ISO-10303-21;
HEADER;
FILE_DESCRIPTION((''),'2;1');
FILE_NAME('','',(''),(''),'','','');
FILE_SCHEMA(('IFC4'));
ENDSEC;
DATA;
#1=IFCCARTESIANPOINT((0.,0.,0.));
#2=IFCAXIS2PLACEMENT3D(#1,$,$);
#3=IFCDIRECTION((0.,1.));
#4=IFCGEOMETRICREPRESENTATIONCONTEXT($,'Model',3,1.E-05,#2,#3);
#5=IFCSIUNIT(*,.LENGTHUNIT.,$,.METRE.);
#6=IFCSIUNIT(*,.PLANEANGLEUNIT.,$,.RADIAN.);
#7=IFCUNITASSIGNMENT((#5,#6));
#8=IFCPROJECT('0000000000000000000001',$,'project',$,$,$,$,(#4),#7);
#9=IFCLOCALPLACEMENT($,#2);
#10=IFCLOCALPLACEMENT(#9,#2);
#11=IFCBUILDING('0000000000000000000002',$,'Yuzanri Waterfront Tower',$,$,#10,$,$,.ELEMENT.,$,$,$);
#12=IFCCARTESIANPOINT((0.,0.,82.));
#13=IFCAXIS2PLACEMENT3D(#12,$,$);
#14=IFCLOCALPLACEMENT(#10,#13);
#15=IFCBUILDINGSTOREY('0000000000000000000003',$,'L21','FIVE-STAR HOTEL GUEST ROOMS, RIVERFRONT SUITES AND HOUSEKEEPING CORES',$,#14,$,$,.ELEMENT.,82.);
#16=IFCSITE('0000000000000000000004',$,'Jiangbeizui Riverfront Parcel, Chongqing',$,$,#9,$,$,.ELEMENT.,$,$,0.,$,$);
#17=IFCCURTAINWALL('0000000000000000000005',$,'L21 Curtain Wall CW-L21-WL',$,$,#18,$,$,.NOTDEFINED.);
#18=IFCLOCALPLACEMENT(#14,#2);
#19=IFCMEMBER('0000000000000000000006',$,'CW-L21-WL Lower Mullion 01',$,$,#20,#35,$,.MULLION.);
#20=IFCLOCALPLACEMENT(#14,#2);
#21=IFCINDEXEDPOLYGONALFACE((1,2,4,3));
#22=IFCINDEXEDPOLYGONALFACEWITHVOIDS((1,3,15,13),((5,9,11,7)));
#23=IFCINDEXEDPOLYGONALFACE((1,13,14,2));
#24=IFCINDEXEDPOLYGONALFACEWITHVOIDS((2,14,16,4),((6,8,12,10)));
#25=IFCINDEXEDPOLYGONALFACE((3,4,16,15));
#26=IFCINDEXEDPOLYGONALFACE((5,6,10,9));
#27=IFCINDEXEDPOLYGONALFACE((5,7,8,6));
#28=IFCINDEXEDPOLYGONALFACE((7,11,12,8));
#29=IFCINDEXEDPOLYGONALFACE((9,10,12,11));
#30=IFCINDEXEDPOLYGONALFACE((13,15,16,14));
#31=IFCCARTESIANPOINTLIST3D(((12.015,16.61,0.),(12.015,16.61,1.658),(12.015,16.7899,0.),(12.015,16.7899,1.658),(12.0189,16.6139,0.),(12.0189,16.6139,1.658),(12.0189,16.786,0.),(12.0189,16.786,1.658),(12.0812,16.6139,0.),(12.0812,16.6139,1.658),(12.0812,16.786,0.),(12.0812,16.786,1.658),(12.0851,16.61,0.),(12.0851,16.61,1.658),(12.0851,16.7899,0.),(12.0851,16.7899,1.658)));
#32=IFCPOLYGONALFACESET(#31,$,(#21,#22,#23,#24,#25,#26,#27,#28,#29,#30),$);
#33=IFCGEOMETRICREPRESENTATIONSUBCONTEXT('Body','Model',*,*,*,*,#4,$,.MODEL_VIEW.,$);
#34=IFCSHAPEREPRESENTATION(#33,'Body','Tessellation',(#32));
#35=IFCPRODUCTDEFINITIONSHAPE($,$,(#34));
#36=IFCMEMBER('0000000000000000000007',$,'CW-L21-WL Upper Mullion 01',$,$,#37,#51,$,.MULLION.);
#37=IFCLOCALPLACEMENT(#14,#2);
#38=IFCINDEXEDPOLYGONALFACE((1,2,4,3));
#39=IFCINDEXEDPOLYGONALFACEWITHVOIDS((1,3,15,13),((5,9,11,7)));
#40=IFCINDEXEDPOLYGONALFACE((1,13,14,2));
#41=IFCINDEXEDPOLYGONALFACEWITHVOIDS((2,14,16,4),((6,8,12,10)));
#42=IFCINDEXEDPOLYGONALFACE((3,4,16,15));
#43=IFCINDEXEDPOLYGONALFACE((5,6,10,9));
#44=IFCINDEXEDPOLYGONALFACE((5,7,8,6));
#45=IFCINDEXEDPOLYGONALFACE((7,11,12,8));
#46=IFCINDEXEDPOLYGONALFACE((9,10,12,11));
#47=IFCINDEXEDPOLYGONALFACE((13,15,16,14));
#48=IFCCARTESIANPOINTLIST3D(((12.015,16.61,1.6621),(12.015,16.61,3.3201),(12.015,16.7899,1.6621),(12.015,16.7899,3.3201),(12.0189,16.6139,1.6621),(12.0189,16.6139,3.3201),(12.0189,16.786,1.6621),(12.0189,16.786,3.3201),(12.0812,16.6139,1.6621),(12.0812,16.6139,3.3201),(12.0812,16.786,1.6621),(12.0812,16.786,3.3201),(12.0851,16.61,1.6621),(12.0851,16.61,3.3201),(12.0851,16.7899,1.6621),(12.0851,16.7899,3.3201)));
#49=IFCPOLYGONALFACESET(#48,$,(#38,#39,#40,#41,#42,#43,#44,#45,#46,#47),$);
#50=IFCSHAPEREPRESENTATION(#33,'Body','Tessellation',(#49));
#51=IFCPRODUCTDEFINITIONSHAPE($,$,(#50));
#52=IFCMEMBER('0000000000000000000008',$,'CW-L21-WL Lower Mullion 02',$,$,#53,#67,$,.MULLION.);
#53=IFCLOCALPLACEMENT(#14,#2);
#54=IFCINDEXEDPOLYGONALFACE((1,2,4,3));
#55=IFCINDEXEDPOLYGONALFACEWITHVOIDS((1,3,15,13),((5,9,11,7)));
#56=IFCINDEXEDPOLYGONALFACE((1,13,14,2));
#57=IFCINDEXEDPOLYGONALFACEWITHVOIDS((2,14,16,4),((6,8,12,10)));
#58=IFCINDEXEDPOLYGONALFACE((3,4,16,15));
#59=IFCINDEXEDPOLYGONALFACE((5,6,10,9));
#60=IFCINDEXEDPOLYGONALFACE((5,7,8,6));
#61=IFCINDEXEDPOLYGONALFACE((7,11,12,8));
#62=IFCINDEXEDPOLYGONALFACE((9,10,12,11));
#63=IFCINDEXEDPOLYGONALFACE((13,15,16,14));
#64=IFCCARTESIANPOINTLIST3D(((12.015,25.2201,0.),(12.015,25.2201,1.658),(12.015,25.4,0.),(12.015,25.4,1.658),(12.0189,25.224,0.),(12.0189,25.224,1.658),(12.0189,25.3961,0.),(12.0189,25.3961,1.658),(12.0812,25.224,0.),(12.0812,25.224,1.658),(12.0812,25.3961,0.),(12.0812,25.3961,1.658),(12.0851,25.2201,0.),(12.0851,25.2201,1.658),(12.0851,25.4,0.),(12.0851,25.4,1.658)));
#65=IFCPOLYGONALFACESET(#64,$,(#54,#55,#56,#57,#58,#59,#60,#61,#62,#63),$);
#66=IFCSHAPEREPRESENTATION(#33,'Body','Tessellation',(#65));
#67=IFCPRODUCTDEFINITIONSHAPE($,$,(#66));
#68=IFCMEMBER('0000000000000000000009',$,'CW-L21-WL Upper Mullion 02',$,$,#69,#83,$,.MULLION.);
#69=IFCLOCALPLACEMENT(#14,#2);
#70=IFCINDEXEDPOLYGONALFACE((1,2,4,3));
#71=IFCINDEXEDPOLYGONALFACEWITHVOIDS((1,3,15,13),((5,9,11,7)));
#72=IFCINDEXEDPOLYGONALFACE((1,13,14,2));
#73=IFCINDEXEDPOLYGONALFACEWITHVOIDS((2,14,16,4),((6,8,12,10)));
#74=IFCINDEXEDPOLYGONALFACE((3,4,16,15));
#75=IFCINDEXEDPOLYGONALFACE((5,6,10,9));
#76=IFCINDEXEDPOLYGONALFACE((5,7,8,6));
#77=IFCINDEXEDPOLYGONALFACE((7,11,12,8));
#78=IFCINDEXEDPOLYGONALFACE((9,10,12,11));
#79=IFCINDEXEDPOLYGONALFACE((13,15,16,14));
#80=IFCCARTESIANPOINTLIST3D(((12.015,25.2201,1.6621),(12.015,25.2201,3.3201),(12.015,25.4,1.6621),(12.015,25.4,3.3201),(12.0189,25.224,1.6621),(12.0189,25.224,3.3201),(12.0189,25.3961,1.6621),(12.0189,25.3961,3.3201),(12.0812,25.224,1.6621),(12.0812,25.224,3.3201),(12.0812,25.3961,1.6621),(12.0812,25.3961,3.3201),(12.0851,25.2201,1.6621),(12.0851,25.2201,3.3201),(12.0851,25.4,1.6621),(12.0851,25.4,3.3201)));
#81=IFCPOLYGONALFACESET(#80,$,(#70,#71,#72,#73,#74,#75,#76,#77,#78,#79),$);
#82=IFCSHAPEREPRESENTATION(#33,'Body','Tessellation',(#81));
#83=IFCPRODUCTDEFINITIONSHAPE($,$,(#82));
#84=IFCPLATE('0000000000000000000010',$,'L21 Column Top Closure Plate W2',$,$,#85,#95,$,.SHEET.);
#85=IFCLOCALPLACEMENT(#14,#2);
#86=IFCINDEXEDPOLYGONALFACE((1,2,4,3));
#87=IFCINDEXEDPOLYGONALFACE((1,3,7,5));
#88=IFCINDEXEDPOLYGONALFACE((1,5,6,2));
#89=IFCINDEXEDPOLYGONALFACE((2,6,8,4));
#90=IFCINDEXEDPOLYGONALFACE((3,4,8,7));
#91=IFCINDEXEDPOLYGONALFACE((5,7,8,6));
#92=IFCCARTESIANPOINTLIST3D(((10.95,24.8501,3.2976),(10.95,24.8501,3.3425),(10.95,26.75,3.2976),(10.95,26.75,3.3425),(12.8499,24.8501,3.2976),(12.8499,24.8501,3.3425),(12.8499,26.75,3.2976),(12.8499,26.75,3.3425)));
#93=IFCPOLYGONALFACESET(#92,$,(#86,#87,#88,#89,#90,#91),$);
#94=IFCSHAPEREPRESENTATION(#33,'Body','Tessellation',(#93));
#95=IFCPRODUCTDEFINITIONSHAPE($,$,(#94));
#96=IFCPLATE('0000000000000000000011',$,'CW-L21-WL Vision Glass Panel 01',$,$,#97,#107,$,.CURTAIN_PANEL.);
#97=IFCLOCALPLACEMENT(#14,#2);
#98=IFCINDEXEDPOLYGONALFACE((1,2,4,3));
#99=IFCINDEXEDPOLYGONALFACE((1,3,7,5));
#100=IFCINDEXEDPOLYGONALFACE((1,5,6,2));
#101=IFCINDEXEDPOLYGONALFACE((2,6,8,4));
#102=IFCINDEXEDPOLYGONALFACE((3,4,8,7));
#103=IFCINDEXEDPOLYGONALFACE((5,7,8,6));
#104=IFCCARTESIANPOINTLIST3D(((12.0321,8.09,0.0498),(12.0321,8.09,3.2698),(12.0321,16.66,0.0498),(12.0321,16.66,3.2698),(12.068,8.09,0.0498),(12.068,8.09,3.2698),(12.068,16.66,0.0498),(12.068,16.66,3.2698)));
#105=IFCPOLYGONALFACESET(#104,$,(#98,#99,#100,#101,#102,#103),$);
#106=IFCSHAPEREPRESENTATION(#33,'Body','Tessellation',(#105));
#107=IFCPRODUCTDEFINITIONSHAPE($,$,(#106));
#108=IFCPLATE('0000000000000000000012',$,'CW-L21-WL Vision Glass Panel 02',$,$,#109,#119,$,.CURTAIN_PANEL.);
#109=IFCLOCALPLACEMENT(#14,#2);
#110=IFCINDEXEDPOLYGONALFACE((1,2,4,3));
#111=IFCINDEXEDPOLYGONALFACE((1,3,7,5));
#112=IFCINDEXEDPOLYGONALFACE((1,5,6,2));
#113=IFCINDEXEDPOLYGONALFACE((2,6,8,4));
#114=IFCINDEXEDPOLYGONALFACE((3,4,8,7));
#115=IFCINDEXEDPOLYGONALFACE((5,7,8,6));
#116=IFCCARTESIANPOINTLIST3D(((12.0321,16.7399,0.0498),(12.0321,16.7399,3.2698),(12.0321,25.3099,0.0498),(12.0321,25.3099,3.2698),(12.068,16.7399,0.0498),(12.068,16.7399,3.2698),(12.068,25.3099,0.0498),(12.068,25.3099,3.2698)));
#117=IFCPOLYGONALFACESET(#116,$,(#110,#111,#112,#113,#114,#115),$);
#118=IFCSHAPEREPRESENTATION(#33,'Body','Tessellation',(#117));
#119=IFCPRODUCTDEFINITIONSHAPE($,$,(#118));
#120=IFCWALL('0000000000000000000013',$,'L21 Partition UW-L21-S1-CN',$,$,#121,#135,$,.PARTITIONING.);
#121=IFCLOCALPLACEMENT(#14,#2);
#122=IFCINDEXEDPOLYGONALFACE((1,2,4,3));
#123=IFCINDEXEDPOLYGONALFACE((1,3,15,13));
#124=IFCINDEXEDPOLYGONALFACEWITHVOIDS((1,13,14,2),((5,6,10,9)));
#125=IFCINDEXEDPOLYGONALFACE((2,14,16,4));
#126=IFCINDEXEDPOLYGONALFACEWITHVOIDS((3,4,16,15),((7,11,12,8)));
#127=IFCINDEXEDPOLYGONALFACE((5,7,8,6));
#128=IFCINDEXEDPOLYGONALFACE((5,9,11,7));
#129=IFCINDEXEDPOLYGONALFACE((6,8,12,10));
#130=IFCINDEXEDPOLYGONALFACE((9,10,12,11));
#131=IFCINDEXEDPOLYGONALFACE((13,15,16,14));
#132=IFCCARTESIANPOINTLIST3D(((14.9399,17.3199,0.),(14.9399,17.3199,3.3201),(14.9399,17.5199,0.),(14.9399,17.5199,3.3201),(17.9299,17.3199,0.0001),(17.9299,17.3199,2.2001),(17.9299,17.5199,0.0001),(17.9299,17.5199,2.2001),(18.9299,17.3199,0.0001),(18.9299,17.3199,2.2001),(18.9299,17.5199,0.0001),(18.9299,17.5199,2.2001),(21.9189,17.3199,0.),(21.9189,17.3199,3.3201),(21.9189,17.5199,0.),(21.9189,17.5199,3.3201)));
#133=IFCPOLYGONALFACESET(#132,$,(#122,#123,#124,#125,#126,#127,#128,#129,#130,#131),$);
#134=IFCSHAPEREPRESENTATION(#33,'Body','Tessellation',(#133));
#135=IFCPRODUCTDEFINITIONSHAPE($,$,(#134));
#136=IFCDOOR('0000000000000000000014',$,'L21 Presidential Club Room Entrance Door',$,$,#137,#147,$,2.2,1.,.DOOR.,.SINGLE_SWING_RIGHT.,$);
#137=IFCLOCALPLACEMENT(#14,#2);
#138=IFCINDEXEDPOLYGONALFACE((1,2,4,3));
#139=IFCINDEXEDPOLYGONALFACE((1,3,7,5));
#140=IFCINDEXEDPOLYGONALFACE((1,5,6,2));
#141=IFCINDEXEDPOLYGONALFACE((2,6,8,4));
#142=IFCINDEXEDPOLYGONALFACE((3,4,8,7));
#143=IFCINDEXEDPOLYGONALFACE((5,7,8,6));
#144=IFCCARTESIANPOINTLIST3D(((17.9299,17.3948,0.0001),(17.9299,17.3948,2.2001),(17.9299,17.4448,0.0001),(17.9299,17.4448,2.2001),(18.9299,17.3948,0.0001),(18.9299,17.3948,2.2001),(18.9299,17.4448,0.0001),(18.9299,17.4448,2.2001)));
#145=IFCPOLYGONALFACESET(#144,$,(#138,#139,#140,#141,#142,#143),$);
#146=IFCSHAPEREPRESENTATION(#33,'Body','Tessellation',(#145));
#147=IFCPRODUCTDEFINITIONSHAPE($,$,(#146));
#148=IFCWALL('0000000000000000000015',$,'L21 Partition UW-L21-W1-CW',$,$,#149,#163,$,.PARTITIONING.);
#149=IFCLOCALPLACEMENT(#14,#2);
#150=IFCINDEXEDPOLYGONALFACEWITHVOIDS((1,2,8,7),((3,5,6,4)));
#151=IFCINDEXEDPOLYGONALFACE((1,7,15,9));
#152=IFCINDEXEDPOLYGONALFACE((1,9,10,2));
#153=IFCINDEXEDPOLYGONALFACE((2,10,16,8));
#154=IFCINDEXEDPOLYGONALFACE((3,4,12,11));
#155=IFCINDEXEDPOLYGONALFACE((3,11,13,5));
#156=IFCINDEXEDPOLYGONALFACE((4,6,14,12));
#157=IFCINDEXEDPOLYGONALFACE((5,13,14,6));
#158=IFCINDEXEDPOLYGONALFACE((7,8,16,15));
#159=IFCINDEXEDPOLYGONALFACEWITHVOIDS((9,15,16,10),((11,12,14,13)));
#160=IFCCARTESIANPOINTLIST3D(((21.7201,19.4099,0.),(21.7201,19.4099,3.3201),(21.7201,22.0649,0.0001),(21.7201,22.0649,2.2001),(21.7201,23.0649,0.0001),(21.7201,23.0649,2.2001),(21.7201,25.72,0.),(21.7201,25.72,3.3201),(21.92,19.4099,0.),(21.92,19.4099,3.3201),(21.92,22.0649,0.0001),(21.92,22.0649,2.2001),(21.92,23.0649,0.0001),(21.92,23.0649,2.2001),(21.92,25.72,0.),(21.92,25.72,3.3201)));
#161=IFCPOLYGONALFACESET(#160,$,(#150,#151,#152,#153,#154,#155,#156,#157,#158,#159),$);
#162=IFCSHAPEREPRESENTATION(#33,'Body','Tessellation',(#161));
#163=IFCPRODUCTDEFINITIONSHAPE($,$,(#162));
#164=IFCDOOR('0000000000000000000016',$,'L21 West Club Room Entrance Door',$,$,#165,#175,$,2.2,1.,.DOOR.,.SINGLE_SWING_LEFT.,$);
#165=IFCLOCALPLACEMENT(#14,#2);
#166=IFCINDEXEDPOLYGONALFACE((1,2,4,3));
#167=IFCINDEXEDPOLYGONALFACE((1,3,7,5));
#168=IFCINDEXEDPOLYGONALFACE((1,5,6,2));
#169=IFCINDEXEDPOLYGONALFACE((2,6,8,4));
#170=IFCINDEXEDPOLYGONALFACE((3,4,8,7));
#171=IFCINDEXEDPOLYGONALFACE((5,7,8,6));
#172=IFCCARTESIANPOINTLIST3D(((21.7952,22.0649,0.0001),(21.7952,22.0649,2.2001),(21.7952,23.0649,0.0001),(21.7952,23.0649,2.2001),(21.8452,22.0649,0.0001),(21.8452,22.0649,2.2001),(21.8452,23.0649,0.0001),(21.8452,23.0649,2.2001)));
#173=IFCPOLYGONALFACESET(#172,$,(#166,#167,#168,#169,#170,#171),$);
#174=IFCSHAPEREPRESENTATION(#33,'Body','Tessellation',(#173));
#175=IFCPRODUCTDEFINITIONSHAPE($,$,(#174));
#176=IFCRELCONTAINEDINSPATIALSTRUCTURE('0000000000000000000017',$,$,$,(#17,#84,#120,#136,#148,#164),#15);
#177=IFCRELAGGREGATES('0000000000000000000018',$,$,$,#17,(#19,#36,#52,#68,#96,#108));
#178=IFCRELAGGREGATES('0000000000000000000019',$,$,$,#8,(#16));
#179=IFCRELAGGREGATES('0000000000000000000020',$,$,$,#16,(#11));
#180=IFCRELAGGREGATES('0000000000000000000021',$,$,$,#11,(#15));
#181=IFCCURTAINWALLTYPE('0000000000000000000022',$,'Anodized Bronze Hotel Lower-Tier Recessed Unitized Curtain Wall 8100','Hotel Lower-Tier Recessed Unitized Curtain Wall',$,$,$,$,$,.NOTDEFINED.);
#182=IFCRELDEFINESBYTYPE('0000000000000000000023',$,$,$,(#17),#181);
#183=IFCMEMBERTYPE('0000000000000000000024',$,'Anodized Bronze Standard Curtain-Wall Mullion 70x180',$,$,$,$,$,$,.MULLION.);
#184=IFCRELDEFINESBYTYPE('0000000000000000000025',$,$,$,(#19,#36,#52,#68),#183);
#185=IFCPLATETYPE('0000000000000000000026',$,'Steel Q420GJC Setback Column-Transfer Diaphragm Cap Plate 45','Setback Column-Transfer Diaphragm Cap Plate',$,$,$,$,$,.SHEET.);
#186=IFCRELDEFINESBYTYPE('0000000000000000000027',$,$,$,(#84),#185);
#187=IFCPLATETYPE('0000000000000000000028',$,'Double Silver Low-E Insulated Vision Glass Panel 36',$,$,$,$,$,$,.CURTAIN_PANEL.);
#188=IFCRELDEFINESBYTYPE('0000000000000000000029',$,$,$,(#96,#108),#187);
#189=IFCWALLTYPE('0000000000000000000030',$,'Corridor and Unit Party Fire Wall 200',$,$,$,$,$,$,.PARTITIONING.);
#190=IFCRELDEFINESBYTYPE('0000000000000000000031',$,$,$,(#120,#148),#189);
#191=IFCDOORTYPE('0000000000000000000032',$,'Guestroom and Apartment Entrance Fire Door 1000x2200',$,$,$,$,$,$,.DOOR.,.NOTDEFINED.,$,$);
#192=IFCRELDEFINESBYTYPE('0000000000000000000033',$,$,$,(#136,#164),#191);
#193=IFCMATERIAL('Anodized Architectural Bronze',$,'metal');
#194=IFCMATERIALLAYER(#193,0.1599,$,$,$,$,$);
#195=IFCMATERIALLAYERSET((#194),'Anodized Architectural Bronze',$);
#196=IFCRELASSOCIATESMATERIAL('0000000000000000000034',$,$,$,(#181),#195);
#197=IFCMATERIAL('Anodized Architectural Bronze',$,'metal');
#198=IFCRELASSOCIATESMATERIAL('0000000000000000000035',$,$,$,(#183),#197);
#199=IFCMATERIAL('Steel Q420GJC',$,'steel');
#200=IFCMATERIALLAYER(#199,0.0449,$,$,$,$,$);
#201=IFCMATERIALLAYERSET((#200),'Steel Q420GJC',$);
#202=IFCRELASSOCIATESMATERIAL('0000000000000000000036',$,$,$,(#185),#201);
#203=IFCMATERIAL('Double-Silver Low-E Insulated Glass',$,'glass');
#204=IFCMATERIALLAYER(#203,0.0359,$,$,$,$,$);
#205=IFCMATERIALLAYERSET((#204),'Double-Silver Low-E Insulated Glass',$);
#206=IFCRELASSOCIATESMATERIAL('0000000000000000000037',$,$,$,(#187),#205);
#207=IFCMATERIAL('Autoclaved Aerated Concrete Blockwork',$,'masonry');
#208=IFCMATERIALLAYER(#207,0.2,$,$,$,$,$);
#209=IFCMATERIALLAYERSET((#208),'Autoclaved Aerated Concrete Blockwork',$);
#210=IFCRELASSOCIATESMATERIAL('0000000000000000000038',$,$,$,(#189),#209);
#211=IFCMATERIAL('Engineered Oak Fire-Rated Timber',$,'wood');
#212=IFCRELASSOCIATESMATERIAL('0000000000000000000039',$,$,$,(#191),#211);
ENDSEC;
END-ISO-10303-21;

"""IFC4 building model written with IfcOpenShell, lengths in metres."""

from ifc_helpers import new_model, si_unit, direction, frame, frame_2d, origin, origin_2d, place, context, subcontext, project, spatial, rectangle, hollow_rectangle, extrude, source, transform, mapped, material, layer, layer_set, material_profile, profile_set, type_object, element, fill, aggregate, save


model = new_model("IFC4")

# Units and contexts
model_context = context("Model", 3, precision=1e-05, world=origin(), true_north=direction((0.0, 1.0)))
body_context = subcontext(model_context, "Body", "Model", "MODEL_VIEW")
ifc_project = project(units=[si_unit("LENGTHUNIT", "METRE"), si_unit("PLANEANGLEUNIT", "RADIAN")], contexts=[model_context])

# Site, building, storey
site_placement = place(None, origin())
site = spatial("IfcSite", under=ifc_project, at=site_placement, Name="Jiangbeizui Riverfront Parcel, Chongqing", CompositionType="ELEMENT", RefElevation=0.0)
building_placement = place(site_placement, origin())
building = spatial("IfcBuilding", under=site, at=building_placement, Name="Yuzanri Waterfront Tower", CompositionType="ELEMENT")
storey_placement = place(building_placement, frame((0.0, 0.0, 82.0)))
storey = spatial("IfcBuildingStorey", under=building, at=storey_placement, Name="L21", Description="FIVE-STAR HOTEL GUEST ROOMS, RIVERFRONT SUITES AND HOUSEKEEPING CORES", CompositionType="ELEMENT", Elevation=82.0)

# Curtain wall, members
ifc_material_1 = material(Name="Anodized Architectural Bronze", Category="metal")
ifc_layer_1 = layer(ifc_material_1, 0.1599)
ifc_layer_set_1 = layer_set([ifc_layer_1], Name="Anodized Architectural Bronze")
curtain_wall_type = type_object("IfcCurtainWallType", Name="Anodized Bronze Hotel Lower-Tier Recessed Unitized Curtain Wall 8100", Description="Hotel Lower-Tier Recessed Unitized Curtain Wall", PredefinedType="NOTDEFINED", material=ifc_layer_set_1)
curtain_wall_placement = place(storey_placement, origin())
curtain_wall = element("IfcCurtainWall", 1, at=curtain_wall_placement, inside=storey, type_object=curtain_wall_type, Name="L21 Curtain Wall CW-L21-WL", PredefinedType="NOTDEFINED")
ifc_material_2 = material(Name="Anodized Architectural Bronze", Category="metal")
ifc_material_profile_1 = material_profile(ifc_material_2, hollow_rectangle(XDim=0.0701, YDim=0.1799, WallThickness=0.0039, at=origin_2d()), Name="CWM 70x180")
ifc_profile_set_1 = profile_set([ifc_material_profile_1], Name="Anodized Architectural Bronze")
member_type_1 = type_object("IfcMemberType", Name="Anodized Bronze Standard Curtain-Wall Mullion 70x180", PredefinedType="MULLION", material=ifc_profile_set_1)
shared_shape_1 = source(origin(), body_context, "Body", "SweptSolid", [
    extrude(hollow_rectangle(XDim=0.0701, YDim=0.1799, WallThickness=0.0039, at=origin_2d()), origin(), (0.0, 0.0, 1.0), 1.658),
])
member_1_placement = place(storey_placement, frame((12.05, 16.7, 0.0), z_axis=(0.0, 0.0, 1.0), x_axis=(1.0, 0.0, 0.0)))
member_1 = element("IfcMember", 2, at=member_1_placement, type_object=member_type_1, Name="CW-L21-WL Lower Mullion 01", PredefinedType="MULLION", context=body_context, shape_type="MappedRepresentation", body=[
    mapped(shared_shape_1, transform((0.0, 0.0, 0.0), scale=1.0)),
])
member_2_placement = place(storey_placement, frame((12.05, 16.7, 1.6621), z_axis=(0.0, 0.0, 1.0), x_axis=(1.0, 0.0, 0.0)))
member_2 = element("IfcMember", 3, at=member_2_placement, type_object=member_type_1, Name="CW-L21-WL Upper Mullion 01", PredefinedType="MULLION", context=body_context, shape_type="MappedRepresentation", body=[
    mapped(shared_shape_1, transform((0.0, 0.0, 0.0), scale=1.0)),
])
member_3_placement = place(storey_placement, frame((12.05, 25.3101, 0.0), z_axis=(0.0, 0.0, 1.0), x_axis=(1.0, 0.0, 0.0)))
member_3 = element("IfcMember", 4, at=member_3_placement, type_object=member_type_1, Name="CW-L21-WL Lower Mullion 02", PredefinedType="MULLION", context=body_context, shape_type="MappedRepresentation", body=[
    mapped(shared_shape_1, transform((0.0, 0.0, 0.0), scale=1.0)),
])
member_4_placement = place(storey_placement, frame((12.05, 25.3101, 1.6621), z_axis=(0.0, 0.0, 1.0), x_axis=(1.0, 0.0, 0.0)))
member_4 = element("IfcMember", 5, at=member_4_placement, type_object=member_type_1, Name="CW-L21-WL Upper Mullion 02", PredefinedType="MULLION", context=body_context, shape_type="MappedRepresentation", body=[
    mapped(shared_shape_1, transform((0.0, 0.0, 0.0), scale=1.0)),
])

# Plates
ifc_material_3 = material(Name="Steel Q420GJC", Category="steel")
ifc_layer_2 = layer(ifc_material_3, 0.0449)
ifc_layer_set_2 = layer_set([ifc_layer_2], Name="Steel Q420GJC")
plate_type_1 = type_object("IfcPlateType", Name="Steel Q420GJC Setback Column-Transfer Diaphragm Cap Plate 45", Description="Setback Column-Transfer Diaphragm Cap Plate", PredefinedType="SHEET", material=ifc_layer_set_2)
shared_shape_2 = source(origin(), body_context, "Body", "SweptSolid", [
    extrude(rectangle(XDim=1.8999, YDim=1.8999, at=origin_2d()), origin(), (0.0, 0.0, 1.0), 0.0449),
])
plate_1_placement = place(storey_placement, frame((11.8999, 25.8, 3.2976), z_axis=(0.0, 0.0, 1.0), x_axis=(1.0, 0.0, 0.0)))
element("IfcPlate", 6, at=plate_1_placement, inside=storey, type_object=plate_type_1, Name="L21 Column Top Closure Plate W2", PredefinedType="SHEET", context=body_context, shape_type="MappedRepresentation", body=[
    mapped(shared_shape_2, transform((0.0, 0.0, 0.0), scale=1.0)),
])
ifc_material_4 = material(Name="Double-Silver Low-E Insulated Glass", Category="glass")
ifc_layer_3 = layer(ifc_material_4, 0.0359)
ifc_layer_set_3 = layer_set([ifc_layer_3], Name="Double-Silver Low-E Insulated Glass")
plate_type_2 = type_object("IfcPlateType", Name="Double Silver Low-E Insulated Vision Glass Panel 36", PredefinedType="CURTAIN_PANEL", material=ifc_layer_set_3)
shared_shape_3 = source(origin(), body_context, "Body", "SweptSolid", [
    extrude(rectangle(XDim=8.5701, YDim=0.0359, at=origin_2d()), origin(), (0.0, 0.0, 1.0), 3.22),
])
plate_2_placement = place(storey_placement, frame((12.05, 12.375, 0.0498), z_axis=(0.0, 0.0, 1.0), x_axis=(0.0, 1.0, 0.0)))
plate_2 = element("IfcPlate", 7, at=plate_2_placement, type_object=plate_type_2, Name="CW-L21-WL Vision Glass Panel 01", PredefinedType="CURTAIN_PANEL", context=body_context, shape_type="MappedRepresentation", body=[
    mapped(shared_shape_3, transform((0.0, 0.0, 0.0), scale=1.0)),
])
plate_3_placement = place(storey_placement, frame((12.05, 21.0249, 0.0498), z_axis=(0.0, 0.0, 1.0), x_axis=(0.0, 1.0, 0.0)))
plate_3 = element("IfcPlate", 8, at=plate_3_placement, type_object=plate_type_2, Name="CW-L21-WL Vision Glass Panel 02", PredefinedType="CURTAIN_PANEL", context=body_context, shape_type="MappedRepresentation", body=[
    mapped(shared_shape_3, transform((0.0, 0.0, 0.0), scale=1.0)),
])
aggregate(curtain_wall, [member_1, member_2, member_3, member_4, plate_2, plate_3])

# Walls, openings, doors
ifc_material_5 = material(Name="Autoclaved Aerated Concrete Blockwork", Category="masonry")
ifc_layer_4 = layer(ifc_material_5, 0.2)
ifc_layer_set_4 = layer_set([ifc_layer_4], Name="Autoclaved Aerated Concrete Blockwork")
wall_type_1 = type_object("IfcWallType", Name="Corridor and Unit Party Fire Wall 200", PredefinedType="PARTITIONING", material=ifc_layer_set_4)
wall_1_placement = place(storey_placement, frame((14.9399, 17.4199, 0.0), z_axis=(0.0, 0.0, 1.0), x_axis=(1.0, 0.0, 0.0)))
wall_1 = element("IfcWall", 9, at=wall_1_placement, inside=storey, type_object=wall_type_1, Name="L21 Partition UW-L21-S1-CN", PredefinedType="PARTITIONING", context=body_context, shape_type="SweptSolid", body=[
    extrude(rectangle(XDim=6.979, YDim=0.2, at=frame_2d((3.4895, 0.0))), origin(), (0.0, 0.0, 1.0), 3.3201),
])
opening_1_placement = place(wall_1_placement, frame((2.99, 0.0, 0.0)))
opening_1 = element("IfcOpeningElement", 10, at=opening_1_placement, cuts=wall_1, PredefinedType="OPENING", context=body_context, shape_type="SweptSolid", body=[
    extrude(rectangle(XDim=1.0, YDim=2.2, at=frame_2d((0.5, 1.1001))), frame((0.0, 0.1147, 0.0), z_axis=(0.0, -1.0, 0.0), x_axis=(1.0, 0.0, 0.0)), (0.0, 0.0, 1.0), 0.2297),
])
ifc_material_6 = material(Name="Engineered Oak Fire-Rated Timber", Category="wood")
door_type = type_object("IfcDoorType", Name="Guestroom and Apartment Entrance Fire Door 1000x2200", OperationType="NOTDEFINED", PredefinedType="DOOR", material=ifc_material_6)
shared_shape_4 = source(origin(), body_context, "Body", "SweptSolid", [
    extrude(rectangle(XDim=1.0, YDim=2.2, at=frame_2d((0.5, 1.1001))), frame((0.0, 0.0249, 0.0), z_axis=(0.0, -1.0, 0.0), x_axis=(1.0, 0.0, 0.0)), (0.0, 0.0, 1.0), 0.05),
])
door_1_placement = place(opening_1_placement, origin())
door_1 = element("IfcDoor", 11, at=door_1_placement, inside=storey, type_object=door_type, Name="L21 Presidential Club Room Entrance Door", OperationType="SINGLE_SWING_RIGHT", OverallHeight=2.2, OverallWidth=1.0, PredefinedType="DOOR", context=body_context, shape_type="MappedRepresentation", body=[
    mapped(shared_shape_4, transform((0.0, 0.0, 0.0), scale=1.0)),
])
fill(opening_1, door_1)
wall_2_placement = place(storey_placement, frame((21.8201, 19.4099, 0.0), z_axis=(0.0, 0.0, 1.0), x_axis=(0.0, 1.0, 0.0)))
wall_2 = element("IfcWall", 12, at=wall_2_placement, inside=storey, type_object=wall_type_1, Name="L21 Partition UW-L21-W1-CW", PredefinedType="PARTITIONING", context=body_context, shape_type="SweptSolid", body=[
    extrude(rectangle(XDim=6.3101, YDim=0.2, at=frame_2d((3.155, 0.0))), origin(), (0.0, 0.0, 1.0), 3.3201),
])
opening_2_placement = place(wall_2_placement, frame((2.655, 0.0, 0.0)))
opening_2 = element("IfcOpeningElement", 13, at=opening_2_placement, cuts=wall_2, PredefinedType="OPENING", context=body_context, shape_type="SweptSolid", body=[
    extrude(rectangle(XDim=1.0, YDim=2.2, at=frame_2d((0.5, 1.1001))), frame((0.0, 0.1147, 0.0), z_axis=(0.0, -1.0, 0.0), x_axis=(1.0, 0.0, 0.0)), (0.0, 0.0, 1.0), 0.2297),
])
door_2_placement = place(opening_2_placement, origin())
door_2 = element("IfcDoor", 14, at=door_2_placement, inside=storey, type_object=door_type, Name="L21 West Club Room Entrance Door", OperationType="SINGLE_SWING_LEFT", OverallHeight=2.2, OverallWidth=1.0, PredefinedType="DOOR", context=body_context, shape_type="MappedRepresentation", body=[
    mapped(shared_shape_4, transform((0.0, 0.0, 0.0), scale=1.0)),
])
fill(opening_2, door_2)

save(model, "model.ifc")
